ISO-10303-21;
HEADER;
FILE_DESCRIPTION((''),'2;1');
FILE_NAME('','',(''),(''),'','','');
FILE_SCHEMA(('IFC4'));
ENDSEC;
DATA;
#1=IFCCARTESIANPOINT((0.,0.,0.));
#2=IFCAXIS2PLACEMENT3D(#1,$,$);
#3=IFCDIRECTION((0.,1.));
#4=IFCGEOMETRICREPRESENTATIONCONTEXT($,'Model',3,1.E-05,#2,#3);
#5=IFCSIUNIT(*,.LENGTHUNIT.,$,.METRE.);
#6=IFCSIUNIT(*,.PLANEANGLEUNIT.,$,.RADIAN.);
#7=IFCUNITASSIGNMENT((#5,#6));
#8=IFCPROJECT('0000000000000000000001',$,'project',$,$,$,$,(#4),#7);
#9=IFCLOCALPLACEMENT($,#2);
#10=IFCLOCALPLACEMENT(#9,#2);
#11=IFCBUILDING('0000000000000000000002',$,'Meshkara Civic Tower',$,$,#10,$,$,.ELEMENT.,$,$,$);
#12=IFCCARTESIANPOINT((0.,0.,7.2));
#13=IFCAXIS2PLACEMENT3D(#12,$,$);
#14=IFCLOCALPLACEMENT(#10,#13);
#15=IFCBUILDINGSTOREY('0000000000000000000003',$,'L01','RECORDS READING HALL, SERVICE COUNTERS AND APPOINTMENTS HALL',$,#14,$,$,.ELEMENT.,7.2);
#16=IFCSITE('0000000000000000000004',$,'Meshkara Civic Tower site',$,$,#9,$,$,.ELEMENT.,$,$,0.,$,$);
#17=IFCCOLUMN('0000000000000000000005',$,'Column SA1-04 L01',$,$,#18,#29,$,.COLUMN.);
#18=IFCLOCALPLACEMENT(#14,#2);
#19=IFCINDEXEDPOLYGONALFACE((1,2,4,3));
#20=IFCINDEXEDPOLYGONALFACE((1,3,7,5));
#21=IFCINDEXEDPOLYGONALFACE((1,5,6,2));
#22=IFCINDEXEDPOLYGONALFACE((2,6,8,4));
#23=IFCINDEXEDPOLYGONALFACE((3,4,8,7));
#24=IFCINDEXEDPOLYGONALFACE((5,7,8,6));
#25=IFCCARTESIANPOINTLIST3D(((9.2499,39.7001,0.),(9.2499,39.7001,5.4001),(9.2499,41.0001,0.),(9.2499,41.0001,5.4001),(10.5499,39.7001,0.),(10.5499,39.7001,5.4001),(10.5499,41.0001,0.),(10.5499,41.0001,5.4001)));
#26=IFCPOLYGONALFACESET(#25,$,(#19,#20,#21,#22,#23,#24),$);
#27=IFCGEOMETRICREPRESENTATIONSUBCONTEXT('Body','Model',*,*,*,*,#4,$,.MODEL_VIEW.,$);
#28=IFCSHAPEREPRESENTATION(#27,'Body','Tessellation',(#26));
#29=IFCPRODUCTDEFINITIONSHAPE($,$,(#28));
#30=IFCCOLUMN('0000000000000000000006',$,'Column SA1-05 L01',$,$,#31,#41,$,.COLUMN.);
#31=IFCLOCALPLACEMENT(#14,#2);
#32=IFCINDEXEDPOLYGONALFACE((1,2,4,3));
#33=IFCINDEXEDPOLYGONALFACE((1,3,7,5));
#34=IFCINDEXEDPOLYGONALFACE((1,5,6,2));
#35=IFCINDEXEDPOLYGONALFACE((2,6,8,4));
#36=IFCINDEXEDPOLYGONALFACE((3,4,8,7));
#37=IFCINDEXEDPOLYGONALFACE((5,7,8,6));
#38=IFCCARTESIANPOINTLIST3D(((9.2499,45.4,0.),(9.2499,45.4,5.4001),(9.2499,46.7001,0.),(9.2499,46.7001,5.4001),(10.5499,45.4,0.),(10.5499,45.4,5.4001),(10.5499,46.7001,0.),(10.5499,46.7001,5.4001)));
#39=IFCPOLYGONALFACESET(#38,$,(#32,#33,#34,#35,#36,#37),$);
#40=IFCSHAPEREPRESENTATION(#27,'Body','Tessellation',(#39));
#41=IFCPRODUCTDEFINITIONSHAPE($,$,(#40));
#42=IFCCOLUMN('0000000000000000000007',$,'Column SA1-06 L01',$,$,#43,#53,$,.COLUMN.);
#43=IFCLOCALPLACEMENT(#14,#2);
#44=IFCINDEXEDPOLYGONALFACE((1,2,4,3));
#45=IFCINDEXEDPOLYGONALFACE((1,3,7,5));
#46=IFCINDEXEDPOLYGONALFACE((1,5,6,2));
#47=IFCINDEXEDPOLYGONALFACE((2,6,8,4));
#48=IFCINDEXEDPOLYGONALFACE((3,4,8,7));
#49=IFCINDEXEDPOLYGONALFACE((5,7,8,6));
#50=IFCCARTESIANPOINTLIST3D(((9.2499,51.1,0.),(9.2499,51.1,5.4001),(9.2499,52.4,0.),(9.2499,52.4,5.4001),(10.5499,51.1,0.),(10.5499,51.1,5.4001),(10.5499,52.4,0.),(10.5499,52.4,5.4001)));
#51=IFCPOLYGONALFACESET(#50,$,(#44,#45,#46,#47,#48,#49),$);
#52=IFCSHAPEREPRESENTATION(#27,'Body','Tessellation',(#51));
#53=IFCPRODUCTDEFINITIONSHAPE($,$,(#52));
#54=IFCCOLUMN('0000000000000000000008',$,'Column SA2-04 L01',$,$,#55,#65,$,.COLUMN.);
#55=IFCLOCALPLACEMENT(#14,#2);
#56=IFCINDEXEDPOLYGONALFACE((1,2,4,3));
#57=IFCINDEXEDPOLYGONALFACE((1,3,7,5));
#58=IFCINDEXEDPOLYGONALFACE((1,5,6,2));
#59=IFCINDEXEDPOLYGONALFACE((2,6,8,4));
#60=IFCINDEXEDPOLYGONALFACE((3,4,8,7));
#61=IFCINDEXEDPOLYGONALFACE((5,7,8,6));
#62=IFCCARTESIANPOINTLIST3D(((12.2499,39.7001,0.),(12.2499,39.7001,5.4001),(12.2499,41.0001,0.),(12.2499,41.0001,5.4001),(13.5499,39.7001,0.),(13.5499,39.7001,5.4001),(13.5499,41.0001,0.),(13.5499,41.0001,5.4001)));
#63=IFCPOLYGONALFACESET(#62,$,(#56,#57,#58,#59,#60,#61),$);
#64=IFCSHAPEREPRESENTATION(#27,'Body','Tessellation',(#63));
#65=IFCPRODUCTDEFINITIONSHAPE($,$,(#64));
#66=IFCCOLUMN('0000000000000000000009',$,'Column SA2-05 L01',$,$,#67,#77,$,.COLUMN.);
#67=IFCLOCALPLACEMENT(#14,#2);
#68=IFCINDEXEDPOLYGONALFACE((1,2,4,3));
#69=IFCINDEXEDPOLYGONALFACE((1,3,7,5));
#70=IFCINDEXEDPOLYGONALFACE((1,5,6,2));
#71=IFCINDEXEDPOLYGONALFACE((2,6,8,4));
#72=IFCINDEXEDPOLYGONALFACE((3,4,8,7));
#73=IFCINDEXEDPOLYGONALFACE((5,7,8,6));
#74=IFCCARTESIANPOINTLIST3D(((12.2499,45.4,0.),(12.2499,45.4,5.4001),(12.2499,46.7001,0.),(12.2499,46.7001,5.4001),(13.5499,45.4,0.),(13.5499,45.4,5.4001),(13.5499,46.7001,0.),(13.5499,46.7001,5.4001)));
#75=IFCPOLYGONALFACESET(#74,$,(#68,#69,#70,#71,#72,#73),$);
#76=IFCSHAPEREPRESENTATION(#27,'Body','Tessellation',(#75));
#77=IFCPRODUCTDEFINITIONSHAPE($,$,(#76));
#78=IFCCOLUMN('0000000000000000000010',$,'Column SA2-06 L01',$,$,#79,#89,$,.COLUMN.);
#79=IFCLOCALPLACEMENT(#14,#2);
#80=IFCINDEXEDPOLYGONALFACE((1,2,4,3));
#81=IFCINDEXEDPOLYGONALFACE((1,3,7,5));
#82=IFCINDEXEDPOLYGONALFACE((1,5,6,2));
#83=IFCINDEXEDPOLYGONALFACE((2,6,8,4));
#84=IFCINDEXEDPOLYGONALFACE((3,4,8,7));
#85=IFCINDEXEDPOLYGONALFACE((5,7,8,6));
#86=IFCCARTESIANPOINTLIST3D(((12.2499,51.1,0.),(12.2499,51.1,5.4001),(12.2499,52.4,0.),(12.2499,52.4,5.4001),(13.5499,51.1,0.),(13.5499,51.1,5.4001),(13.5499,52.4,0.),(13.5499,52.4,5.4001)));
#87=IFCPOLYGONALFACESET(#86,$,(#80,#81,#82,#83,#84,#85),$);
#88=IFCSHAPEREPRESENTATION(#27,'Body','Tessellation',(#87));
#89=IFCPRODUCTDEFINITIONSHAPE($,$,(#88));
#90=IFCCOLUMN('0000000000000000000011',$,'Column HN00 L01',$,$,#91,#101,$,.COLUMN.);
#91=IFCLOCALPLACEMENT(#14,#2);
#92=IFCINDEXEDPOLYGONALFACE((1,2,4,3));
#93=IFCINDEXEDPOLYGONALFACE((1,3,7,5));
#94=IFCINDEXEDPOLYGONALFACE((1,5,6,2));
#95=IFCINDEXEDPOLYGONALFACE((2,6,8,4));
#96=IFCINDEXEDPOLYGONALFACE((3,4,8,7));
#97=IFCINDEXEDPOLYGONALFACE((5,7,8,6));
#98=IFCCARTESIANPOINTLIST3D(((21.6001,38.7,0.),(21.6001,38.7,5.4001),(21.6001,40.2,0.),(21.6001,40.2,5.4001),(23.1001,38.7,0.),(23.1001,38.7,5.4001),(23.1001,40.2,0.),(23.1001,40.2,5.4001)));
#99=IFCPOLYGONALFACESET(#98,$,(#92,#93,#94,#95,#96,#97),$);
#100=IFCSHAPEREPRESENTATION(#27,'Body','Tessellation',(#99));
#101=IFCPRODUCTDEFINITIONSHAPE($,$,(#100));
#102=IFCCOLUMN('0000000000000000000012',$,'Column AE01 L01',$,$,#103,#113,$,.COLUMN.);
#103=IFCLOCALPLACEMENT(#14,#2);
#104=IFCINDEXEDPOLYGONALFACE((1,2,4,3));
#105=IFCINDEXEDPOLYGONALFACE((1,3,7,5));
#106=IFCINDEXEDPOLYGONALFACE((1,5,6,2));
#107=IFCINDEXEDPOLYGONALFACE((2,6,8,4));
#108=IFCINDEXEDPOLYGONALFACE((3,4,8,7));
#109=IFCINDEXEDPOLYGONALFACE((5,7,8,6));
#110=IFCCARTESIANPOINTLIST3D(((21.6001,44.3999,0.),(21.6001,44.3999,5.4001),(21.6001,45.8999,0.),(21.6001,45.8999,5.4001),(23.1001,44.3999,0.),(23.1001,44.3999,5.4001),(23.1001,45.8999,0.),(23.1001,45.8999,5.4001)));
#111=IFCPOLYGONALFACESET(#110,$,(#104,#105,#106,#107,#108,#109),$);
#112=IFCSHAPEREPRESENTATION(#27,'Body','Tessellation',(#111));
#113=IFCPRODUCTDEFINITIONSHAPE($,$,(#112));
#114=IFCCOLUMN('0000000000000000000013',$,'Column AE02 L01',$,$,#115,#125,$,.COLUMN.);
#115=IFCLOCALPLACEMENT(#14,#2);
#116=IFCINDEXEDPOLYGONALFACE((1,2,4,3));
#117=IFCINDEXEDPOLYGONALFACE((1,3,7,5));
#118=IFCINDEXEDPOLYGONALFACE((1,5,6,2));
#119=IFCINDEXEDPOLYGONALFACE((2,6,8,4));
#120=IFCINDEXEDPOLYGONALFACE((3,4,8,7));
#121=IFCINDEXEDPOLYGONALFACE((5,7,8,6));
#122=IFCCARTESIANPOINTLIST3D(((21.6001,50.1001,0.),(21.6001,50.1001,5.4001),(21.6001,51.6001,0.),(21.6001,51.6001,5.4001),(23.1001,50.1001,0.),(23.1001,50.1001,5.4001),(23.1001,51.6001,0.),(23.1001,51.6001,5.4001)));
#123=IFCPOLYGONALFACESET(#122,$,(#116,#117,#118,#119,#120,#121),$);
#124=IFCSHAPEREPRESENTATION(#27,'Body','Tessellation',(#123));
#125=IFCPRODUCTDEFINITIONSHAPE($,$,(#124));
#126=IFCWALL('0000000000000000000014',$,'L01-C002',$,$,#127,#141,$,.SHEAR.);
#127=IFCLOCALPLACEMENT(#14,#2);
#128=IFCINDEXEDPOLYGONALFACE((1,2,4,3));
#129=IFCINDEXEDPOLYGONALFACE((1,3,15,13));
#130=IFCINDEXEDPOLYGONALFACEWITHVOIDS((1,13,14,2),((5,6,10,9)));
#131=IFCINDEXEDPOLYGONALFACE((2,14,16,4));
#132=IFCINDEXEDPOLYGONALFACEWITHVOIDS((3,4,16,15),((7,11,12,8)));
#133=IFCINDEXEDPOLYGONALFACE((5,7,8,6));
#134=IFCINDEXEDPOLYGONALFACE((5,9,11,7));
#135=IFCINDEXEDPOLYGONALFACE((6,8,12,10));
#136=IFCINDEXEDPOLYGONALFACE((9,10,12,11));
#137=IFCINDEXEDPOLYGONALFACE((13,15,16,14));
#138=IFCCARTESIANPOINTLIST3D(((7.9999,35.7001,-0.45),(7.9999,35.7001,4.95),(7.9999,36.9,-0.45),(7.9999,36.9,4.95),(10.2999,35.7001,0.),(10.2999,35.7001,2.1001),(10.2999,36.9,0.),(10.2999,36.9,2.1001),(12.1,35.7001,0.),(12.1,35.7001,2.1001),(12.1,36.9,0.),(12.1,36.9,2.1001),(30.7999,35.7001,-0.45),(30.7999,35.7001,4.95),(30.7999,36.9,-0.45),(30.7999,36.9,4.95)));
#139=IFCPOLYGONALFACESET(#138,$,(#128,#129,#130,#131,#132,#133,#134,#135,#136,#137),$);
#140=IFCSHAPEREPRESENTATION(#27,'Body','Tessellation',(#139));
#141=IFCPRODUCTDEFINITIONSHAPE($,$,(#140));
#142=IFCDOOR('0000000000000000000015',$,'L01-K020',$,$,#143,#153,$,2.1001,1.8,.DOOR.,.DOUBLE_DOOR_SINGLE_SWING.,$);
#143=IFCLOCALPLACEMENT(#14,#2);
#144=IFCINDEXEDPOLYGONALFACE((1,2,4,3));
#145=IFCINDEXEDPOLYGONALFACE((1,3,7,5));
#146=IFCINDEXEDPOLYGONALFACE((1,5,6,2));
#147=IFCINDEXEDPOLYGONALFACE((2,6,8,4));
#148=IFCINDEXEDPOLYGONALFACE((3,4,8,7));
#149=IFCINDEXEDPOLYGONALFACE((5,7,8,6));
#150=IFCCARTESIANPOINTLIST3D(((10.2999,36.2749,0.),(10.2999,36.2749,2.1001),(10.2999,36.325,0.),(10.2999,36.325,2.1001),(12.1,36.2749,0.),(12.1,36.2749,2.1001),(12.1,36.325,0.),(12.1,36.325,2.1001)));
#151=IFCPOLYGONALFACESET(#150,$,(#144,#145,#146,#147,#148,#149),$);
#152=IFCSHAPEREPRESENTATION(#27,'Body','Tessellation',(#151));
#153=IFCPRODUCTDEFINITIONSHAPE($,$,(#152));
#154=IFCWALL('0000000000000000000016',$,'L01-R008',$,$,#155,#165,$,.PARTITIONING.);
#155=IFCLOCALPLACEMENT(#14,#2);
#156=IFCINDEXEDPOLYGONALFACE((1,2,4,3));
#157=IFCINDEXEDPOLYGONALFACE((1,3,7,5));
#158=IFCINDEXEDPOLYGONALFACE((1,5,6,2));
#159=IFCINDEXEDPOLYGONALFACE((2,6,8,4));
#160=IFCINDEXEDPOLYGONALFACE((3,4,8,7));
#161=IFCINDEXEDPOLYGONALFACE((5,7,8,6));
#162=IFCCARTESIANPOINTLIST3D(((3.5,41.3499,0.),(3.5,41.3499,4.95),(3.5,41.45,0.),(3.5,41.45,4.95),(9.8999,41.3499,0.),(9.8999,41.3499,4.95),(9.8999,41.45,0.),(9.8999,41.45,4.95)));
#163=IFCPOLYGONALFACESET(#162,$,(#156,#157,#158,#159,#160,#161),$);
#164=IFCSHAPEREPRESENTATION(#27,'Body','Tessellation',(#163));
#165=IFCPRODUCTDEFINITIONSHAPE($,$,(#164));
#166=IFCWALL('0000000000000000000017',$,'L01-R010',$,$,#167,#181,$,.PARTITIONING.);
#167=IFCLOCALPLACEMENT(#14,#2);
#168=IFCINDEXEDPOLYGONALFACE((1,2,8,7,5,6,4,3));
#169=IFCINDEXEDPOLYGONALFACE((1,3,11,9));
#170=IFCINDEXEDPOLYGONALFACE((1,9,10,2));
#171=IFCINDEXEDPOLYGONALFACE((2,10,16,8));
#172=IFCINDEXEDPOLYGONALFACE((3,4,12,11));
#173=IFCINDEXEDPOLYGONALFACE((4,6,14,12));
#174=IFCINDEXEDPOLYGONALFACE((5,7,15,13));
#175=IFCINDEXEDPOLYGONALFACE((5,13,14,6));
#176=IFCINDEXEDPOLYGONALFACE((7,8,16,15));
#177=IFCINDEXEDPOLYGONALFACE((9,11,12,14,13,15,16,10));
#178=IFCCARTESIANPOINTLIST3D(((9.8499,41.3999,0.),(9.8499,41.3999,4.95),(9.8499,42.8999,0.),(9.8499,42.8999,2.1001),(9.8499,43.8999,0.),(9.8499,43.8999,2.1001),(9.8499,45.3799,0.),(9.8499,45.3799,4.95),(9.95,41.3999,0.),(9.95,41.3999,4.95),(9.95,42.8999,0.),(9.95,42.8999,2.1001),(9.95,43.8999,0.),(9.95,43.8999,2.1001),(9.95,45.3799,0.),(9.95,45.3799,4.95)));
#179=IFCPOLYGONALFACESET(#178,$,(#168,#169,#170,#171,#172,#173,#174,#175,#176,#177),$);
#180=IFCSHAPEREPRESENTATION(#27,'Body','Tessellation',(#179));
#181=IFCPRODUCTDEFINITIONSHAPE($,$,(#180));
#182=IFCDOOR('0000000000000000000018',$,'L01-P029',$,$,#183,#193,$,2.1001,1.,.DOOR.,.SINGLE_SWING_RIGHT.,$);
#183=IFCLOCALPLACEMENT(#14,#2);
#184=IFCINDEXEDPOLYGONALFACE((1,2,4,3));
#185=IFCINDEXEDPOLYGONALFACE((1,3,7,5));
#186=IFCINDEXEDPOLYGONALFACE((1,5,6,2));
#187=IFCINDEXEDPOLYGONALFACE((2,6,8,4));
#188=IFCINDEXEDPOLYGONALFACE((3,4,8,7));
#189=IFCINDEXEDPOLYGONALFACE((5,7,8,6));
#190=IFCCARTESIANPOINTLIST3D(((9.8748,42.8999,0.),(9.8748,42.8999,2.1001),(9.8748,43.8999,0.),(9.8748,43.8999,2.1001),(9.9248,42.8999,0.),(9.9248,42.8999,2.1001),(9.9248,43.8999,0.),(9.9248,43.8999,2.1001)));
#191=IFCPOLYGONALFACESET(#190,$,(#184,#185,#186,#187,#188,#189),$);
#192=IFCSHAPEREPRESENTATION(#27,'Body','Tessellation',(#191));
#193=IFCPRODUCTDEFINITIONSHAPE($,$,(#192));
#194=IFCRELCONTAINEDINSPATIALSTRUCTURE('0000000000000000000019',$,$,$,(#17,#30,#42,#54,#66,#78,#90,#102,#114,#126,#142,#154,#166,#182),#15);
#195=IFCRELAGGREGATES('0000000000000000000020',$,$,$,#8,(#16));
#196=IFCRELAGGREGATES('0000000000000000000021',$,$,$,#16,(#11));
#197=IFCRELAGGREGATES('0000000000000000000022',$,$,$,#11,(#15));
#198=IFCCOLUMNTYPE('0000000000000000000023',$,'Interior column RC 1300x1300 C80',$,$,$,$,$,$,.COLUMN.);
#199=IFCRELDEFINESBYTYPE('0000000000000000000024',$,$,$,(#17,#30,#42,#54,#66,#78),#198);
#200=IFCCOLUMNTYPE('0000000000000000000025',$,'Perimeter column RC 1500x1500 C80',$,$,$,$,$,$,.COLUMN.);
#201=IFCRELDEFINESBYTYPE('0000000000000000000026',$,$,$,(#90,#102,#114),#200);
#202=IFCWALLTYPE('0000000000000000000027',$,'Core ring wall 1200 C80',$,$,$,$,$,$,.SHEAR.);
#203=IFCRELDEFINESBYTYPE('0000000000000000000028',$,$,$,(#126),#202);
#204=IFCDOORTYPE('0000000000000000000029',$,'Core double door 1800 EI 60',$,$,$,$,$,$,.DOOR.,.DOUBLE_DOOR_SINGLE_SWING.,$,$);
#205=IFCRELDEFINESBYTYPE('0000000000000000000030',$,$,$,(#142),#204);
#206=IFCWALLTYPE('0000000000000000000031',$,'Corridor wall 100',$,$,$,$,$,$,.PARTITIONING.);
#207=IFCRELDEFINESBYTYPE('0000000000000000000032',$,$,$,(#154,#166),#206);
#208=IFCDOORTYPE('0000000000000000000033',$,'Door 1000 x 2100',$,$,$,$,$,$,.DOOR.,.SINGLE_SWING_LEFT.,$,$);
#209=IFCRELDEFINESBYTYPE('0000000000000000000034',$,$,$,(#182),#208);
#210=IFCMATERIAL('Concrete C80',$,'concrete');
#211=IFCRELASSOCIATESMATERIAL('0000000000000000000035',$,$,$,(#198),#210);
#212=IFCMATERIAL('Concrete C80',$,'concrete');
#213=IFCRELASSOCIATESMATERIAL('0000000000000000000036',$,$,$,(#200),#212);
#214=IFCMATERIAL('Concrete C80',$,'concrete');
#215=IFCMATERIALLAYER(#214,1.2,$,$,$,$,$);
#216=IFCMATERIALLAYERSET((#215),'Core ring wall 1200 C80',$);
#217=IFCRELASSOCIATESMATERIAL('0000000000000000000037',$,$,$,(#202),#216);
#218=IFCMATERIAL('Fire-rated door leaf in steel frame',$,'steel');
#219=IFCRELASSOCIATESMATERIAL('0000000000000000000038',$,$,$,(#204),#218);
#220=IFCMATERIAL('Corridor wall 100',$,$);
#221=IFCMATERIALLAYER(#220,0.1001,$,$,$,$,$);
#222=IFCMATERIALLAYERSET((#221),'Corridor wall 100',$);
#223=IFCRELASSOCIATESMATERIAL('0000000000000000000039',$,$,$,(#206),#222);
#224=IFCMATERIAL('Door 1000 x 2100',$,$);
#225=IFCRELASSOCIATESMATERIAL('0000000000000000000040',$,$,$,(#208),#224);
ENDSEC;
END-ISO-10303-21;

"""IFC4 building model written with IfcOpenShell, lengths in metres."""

from ifc_helpers import new_model, si_unit, direction, frame, frame_2d, origin, origin_2d, place, context, subcontext, project, spatial, rectangle, extrude, material, layer, layer_set, material_profile, profile_set, type_object, element, fill, save


model = new_model("IFC4")

# Units and contexts
model_context = context("Model", 3, precision=1e-05, world=origin(), true_north=direction((0.0, 1.0)))
body_context = subcontext(model_context, "Body", "Model", "MODEL_VIEW")
ifc_project = project(units=[si_unit("LENGTHUNIT", "METRE"), si_unit("PLANEANGLEUNIT", "RADIAN")], contexts=[model_context])

# Site, building, storey
site_placement = place(None, origin())
site = spatial("IfcSite", under=ifc_project, at=site_placement, Name="Meshkara Civic Tower site", CompositionType="ELEMENT", RefElevation=0.0)
building_placement = place(site_placement, origin())
building = spatial("IfcBuilding", under=site, at=building_placement, Name="Meshkara Civic Tower", CompositionType="ELEMENT")
storey_placement = place(building_placement, frame((0.0, 0.0, 7.2)))
storey = spatial("IfcBuildingStorey", under=building, at=storey_placement, Name="L01", Description="RECORDS READING HALL, SERVICE COUNTERS AND APPOINTMENTS HALL", CompositionType="ELEMENT", Elevation=7.2)

# Columns
ifc_material_1 = material(Name="Concrete C80", Category="concrete")
ifc_material_profile_1 = material_profile(ifc_material_1, rectangle(XDim=1.3, YDim=1.3, at=origin_2d()))
ifc_profile_set_1 = profile_set([ifc_material_profile_1], Name="Concrete C80")
column_type_1 = type_object("IfcColumnType", Name="Interior column RC 1300x1300 C80", PredefinedType="COLUMN", material=ifc_profile_set_1)
for number, where, z_axis, x_axis, name in (
    (1, (9.8999, 40.3501, 0.0), (0.0, 0.0, 1.0), (1.0, 0.0, 0.0), "Column SA1-04 L01"),
    (2, (9.8999, 46.05, 0.0), (0.0, 0.0, 1.0), (1.0, 0.0, 0.0), "Column SA1-05 L01"),
    (3, (9.8999, 51.75, 0.0), (0.0, 0.0, 1.0), (1.0, 0.0, 0.0), "Column SA1-06 L01"),
    (4, (12.8999, 40.3501, 0.0), (0.0, 0.0, 1.0), (1.0, 0.0, 0.0), "Column SA2-04 L01"),
    (5, (12.8999, 46.05, 0.0), (0.0, 0.0, 1.0), (1.0, 0.0, 0.0), "Column SA2-05 L01"),
    (6, (12.8999, 51.75, 0.0), (0.0, 0.0, 1.0), (1.0, 0.0, 0.0), "Column SA2-06 L01"),
):
    element("IfcColumn", number, at=place(storey_placement, frame(where, z_axis=z_axis, x_axis=x_axis)), inside=storey, type_object=column_type_1, Name=name, PredefinedType="COLUMN", context=body_context, shape_type="SweptSolid", body=[
        extrude(rectangle(XDim=1.3, YDim=1.3, at=origin_2d()), origin(), (0.0, 0.0, 1.0), 5.4001),
    ])
ifc_material_2 = material(Name="Concrete C80", Category="concrete")
ifc_material_profile_2 = material_profile(ifc_material_2, rectangle(XDim=1.5, YDim=1.5, at=origin_2d()))
ifc_profile_set_2 = profile_set([ifc_material_profile_2], Name="Concrete C80")
column_type_2 = type_object("IfcColumnType", Name="Perimeter column RC 1500x1500 C80", PredefinedType="COLUMN", material=ifc_profile_set_2)
for number, where, z_axis, x_axis, name in (
    (7, (22.3501, 39.45, 0.0), (0.0, 0.0, 1.0), (1.0, 0.0, 0.0), "Column HN00 L01"),
    (8, (22.3501, 45.1499, 0.0), (0.0, 0.0, 1.0), (1.0, 0.0, 0.0), "Column AE01 L01"),
    (9, (22.3501, 50.8501, 0.0), (0.0, 0.0, 1.0), (1.0, 0.0, 0.0), "Column AE02 L01"),
):
    element("IfcColumn", number, at=place(storey_placement, frame(where, z_axis=z_axis, x_axis=x_axis)), inside=storey, type_object=column_type_2, Name=name, PredefinedType="COLUMN", context=body_context, shape_type="SweptSolid", body=[
        extrude(rectangle(XDim=1.5, YDim=1.5, at=origin_2d()), origin(), (0.0, 0.0, 1.0), 5.4001),
    ])

# Wall, opening, door
ifc_material_3 = material(Name="Concrete C80", Category="concrete")
ifc_layer_1 = layer(ifc_material_3, 1.2)
ifc_layer_set_1 = layer_set([ifc_layer_1], Name="Core ring wall 1200 C80")
wall_type_1 = type_object("IfcWallType", Name="Core ring wall 1200 C80", PredefinedType="SHEAR", material=ifc_layer_set_1)
wall_1_placement = place(storey_placement, frame((8.0, 36.3, -0.45), z_axis=(0.0, 0.0, 1.0), x_axis=(1.0, 0.0, 0.0)))
wall_1 = element("IfcWall", 10, at=wall_1_placement, inside=storey, type_object=wall_type_1, Name="L01-C002", PredefinedType="SHEAR", context=body_context, shape_type="SweptSolid", body=[
    extrude(rectangle(XDim=22.8, YDim=1.2, at=frame_2d((11.3999, 0.0))), origin(), (0.0, 0.0, 1.0), 5.3999),
])
opening_1_placement = place(wall_1_placement, frame((2.3, 0.0, 0.45)))
opening_1 = element("IfcOpeningElement", 11, at=opening_1_placement, cuts=wall_1, PredefinedType="OPENING", context=body_context, shape_type="SweptSolid", body=[
    extrude(rectangle(XDim=1.8, YDim=2.1001, at=frame_2d((0.8999, 1.05))), frame((0.0, 0.6099, 0.0), z_axis=(0.0, -1.0, 0.0), x_axis=(1.0, 0.0, 0.0)), (0.0, 0.0, 1.0), 1.22),
])
ifc_material_4 = material(Name="Fire-rated door leaf in steel frame", Category="steel")
door_type_1 = type_object("IfcDoorType", Name="Core double door 1800 EI 60", OperationType="DOUBLE_DOOR_SINGLE_SWING", PredefinedType="DOOR", material=ifc_material_4)
door_1_placement = place(opening_1_placement, origin())
door_1 = element("IfcDoor", 12, at=door_1_placement, inside=storey, type_object=door_type_1, Name="L01-K020", OperationType="DOUBLE_DOOR_SINGLE_SWING", OverallHeight=2.1001, OverallWidth=1.8, PredefinedType="DOOR", context=body_context, shape_type="SweptSolid", body=[
    extrude(rectangle(XDim=1.8, YDim=2.1001, at=frame_2d((0.8999, 1.05))), frame((0.0, 0.0249, 0.0), z_axis=(0.0, -1.0, 0.0), x_axis=(1.0, 0.0, 0.0)), (0.0, 0.0, 1.0), 0.05),
])
fill(opening_1, door_1)

# Wall
ifc_material_5 = material(Name="Corridor wall 100")
ifc_layer_2 = layer(ifc_material_5, 0.1001)
ifc_layer_set_2 = layer_set([ifc_layer_2], Name="Corridor wall 100")
wall_type_2 = type_object("IfcWallType", Name="Corridor wall 100", PredefinedType="PARTITIONING", material=ifc_layer_set_2)
wall_2_placement = place(storey_placement, frame((3.5, 41.3999, 0.0), z_axis=(0.0, 0.0, 1.0), x_axis=(1.0, 0.0, 0.0)))
element("IfcWall", 13, at=wall_2_placement, inside=storey, type_object=wall_type_2, Name="L01-R008", PredefinedType="PARTITIONING", context=body_context, shape_type="SweptSolid", body=[
    extrude(rectangle(XDim=6.3999, YDim=0.1001, at=frame_2d((3.2, 0.0))), origin(), (0.0, 0.0, 1.0), 4.95),
])

# Wall, opening, door
wall_3_placement = place(storey_placement, frame((9.8999, 45.3799, 0.0), z_axis=(0.0, 0.0, 1.0), x_axis=(0.0, -1.0, 0.0)))
wall_3 = element("IfcWall", 14, at=wall_3_placement, inside=storey, type_object=wall_type_2, Name="L01-R010", PredefinedType="PARTITIONING", context=body_context, shape_type="SweptSolid", body=[
    extrude(rectangle(XDim=3.98, YDim=0.1001, at=frame_2d((1.99, 0.0))), origin(), (0.0, 0.0, 1.0), 4.95),
])
opening_2_placement = place(wall_3_placement, frame((1.48, 0.0, 0.0)))
opening_2 = element("IfcOpeningElement", 15, at=opening_2_placement, cuts=wall_3, PredefinedType="OPENING", context=body_context, shape_type="SweptSolid", body=[
    extrude(rectangle(XDim=1.0, YDim=2.1001, at=frame_2d((0.5, 1.05))), frame((0.0, 0.0601, 0.0), z_axis=(0.0, -1.0, 0.0), x_axis=(1.0, 0.0, 0.0)), (0.0, 0.0, 1.0), 0.1201),
])
ifc_material_6 = material(Name="Door 1000 x 2100")
door_type_2 = type_object("IfcDoorType", Name="Door 1000 x 2100", OperationType="SINGLE_SWING_LEFT", PredefinedType="DOOR", material=ifc_material_6)
door_2_placement = place(opening_2_placement, origin())
door_2 = element("IfcDoor", 16, at=door_2_placement, inside=storey, type_object=door_type_2, Name="L01-P029", OperationType="SINGLE_SWING_RIGHT", OverallHeight=2.1001, OverallWidth=1.0, PredefinedType="DOOR", context=body_context, shape_type="SweptSolid", body=[
    extrude(rectangle(XDim=1.0, YDim=2.1001, at=frame_2d((0.5, 1.05))), frame((0.0, 0.0249, 0.0), z_axis=(0.0, -1.0, 0.0), x_axis=(1.0, 0.0, 0.0)), (0.0, 0.0, 1.0), 0.05),
])
fill(opening_2, door_2)

save(model, "model.ifc")
